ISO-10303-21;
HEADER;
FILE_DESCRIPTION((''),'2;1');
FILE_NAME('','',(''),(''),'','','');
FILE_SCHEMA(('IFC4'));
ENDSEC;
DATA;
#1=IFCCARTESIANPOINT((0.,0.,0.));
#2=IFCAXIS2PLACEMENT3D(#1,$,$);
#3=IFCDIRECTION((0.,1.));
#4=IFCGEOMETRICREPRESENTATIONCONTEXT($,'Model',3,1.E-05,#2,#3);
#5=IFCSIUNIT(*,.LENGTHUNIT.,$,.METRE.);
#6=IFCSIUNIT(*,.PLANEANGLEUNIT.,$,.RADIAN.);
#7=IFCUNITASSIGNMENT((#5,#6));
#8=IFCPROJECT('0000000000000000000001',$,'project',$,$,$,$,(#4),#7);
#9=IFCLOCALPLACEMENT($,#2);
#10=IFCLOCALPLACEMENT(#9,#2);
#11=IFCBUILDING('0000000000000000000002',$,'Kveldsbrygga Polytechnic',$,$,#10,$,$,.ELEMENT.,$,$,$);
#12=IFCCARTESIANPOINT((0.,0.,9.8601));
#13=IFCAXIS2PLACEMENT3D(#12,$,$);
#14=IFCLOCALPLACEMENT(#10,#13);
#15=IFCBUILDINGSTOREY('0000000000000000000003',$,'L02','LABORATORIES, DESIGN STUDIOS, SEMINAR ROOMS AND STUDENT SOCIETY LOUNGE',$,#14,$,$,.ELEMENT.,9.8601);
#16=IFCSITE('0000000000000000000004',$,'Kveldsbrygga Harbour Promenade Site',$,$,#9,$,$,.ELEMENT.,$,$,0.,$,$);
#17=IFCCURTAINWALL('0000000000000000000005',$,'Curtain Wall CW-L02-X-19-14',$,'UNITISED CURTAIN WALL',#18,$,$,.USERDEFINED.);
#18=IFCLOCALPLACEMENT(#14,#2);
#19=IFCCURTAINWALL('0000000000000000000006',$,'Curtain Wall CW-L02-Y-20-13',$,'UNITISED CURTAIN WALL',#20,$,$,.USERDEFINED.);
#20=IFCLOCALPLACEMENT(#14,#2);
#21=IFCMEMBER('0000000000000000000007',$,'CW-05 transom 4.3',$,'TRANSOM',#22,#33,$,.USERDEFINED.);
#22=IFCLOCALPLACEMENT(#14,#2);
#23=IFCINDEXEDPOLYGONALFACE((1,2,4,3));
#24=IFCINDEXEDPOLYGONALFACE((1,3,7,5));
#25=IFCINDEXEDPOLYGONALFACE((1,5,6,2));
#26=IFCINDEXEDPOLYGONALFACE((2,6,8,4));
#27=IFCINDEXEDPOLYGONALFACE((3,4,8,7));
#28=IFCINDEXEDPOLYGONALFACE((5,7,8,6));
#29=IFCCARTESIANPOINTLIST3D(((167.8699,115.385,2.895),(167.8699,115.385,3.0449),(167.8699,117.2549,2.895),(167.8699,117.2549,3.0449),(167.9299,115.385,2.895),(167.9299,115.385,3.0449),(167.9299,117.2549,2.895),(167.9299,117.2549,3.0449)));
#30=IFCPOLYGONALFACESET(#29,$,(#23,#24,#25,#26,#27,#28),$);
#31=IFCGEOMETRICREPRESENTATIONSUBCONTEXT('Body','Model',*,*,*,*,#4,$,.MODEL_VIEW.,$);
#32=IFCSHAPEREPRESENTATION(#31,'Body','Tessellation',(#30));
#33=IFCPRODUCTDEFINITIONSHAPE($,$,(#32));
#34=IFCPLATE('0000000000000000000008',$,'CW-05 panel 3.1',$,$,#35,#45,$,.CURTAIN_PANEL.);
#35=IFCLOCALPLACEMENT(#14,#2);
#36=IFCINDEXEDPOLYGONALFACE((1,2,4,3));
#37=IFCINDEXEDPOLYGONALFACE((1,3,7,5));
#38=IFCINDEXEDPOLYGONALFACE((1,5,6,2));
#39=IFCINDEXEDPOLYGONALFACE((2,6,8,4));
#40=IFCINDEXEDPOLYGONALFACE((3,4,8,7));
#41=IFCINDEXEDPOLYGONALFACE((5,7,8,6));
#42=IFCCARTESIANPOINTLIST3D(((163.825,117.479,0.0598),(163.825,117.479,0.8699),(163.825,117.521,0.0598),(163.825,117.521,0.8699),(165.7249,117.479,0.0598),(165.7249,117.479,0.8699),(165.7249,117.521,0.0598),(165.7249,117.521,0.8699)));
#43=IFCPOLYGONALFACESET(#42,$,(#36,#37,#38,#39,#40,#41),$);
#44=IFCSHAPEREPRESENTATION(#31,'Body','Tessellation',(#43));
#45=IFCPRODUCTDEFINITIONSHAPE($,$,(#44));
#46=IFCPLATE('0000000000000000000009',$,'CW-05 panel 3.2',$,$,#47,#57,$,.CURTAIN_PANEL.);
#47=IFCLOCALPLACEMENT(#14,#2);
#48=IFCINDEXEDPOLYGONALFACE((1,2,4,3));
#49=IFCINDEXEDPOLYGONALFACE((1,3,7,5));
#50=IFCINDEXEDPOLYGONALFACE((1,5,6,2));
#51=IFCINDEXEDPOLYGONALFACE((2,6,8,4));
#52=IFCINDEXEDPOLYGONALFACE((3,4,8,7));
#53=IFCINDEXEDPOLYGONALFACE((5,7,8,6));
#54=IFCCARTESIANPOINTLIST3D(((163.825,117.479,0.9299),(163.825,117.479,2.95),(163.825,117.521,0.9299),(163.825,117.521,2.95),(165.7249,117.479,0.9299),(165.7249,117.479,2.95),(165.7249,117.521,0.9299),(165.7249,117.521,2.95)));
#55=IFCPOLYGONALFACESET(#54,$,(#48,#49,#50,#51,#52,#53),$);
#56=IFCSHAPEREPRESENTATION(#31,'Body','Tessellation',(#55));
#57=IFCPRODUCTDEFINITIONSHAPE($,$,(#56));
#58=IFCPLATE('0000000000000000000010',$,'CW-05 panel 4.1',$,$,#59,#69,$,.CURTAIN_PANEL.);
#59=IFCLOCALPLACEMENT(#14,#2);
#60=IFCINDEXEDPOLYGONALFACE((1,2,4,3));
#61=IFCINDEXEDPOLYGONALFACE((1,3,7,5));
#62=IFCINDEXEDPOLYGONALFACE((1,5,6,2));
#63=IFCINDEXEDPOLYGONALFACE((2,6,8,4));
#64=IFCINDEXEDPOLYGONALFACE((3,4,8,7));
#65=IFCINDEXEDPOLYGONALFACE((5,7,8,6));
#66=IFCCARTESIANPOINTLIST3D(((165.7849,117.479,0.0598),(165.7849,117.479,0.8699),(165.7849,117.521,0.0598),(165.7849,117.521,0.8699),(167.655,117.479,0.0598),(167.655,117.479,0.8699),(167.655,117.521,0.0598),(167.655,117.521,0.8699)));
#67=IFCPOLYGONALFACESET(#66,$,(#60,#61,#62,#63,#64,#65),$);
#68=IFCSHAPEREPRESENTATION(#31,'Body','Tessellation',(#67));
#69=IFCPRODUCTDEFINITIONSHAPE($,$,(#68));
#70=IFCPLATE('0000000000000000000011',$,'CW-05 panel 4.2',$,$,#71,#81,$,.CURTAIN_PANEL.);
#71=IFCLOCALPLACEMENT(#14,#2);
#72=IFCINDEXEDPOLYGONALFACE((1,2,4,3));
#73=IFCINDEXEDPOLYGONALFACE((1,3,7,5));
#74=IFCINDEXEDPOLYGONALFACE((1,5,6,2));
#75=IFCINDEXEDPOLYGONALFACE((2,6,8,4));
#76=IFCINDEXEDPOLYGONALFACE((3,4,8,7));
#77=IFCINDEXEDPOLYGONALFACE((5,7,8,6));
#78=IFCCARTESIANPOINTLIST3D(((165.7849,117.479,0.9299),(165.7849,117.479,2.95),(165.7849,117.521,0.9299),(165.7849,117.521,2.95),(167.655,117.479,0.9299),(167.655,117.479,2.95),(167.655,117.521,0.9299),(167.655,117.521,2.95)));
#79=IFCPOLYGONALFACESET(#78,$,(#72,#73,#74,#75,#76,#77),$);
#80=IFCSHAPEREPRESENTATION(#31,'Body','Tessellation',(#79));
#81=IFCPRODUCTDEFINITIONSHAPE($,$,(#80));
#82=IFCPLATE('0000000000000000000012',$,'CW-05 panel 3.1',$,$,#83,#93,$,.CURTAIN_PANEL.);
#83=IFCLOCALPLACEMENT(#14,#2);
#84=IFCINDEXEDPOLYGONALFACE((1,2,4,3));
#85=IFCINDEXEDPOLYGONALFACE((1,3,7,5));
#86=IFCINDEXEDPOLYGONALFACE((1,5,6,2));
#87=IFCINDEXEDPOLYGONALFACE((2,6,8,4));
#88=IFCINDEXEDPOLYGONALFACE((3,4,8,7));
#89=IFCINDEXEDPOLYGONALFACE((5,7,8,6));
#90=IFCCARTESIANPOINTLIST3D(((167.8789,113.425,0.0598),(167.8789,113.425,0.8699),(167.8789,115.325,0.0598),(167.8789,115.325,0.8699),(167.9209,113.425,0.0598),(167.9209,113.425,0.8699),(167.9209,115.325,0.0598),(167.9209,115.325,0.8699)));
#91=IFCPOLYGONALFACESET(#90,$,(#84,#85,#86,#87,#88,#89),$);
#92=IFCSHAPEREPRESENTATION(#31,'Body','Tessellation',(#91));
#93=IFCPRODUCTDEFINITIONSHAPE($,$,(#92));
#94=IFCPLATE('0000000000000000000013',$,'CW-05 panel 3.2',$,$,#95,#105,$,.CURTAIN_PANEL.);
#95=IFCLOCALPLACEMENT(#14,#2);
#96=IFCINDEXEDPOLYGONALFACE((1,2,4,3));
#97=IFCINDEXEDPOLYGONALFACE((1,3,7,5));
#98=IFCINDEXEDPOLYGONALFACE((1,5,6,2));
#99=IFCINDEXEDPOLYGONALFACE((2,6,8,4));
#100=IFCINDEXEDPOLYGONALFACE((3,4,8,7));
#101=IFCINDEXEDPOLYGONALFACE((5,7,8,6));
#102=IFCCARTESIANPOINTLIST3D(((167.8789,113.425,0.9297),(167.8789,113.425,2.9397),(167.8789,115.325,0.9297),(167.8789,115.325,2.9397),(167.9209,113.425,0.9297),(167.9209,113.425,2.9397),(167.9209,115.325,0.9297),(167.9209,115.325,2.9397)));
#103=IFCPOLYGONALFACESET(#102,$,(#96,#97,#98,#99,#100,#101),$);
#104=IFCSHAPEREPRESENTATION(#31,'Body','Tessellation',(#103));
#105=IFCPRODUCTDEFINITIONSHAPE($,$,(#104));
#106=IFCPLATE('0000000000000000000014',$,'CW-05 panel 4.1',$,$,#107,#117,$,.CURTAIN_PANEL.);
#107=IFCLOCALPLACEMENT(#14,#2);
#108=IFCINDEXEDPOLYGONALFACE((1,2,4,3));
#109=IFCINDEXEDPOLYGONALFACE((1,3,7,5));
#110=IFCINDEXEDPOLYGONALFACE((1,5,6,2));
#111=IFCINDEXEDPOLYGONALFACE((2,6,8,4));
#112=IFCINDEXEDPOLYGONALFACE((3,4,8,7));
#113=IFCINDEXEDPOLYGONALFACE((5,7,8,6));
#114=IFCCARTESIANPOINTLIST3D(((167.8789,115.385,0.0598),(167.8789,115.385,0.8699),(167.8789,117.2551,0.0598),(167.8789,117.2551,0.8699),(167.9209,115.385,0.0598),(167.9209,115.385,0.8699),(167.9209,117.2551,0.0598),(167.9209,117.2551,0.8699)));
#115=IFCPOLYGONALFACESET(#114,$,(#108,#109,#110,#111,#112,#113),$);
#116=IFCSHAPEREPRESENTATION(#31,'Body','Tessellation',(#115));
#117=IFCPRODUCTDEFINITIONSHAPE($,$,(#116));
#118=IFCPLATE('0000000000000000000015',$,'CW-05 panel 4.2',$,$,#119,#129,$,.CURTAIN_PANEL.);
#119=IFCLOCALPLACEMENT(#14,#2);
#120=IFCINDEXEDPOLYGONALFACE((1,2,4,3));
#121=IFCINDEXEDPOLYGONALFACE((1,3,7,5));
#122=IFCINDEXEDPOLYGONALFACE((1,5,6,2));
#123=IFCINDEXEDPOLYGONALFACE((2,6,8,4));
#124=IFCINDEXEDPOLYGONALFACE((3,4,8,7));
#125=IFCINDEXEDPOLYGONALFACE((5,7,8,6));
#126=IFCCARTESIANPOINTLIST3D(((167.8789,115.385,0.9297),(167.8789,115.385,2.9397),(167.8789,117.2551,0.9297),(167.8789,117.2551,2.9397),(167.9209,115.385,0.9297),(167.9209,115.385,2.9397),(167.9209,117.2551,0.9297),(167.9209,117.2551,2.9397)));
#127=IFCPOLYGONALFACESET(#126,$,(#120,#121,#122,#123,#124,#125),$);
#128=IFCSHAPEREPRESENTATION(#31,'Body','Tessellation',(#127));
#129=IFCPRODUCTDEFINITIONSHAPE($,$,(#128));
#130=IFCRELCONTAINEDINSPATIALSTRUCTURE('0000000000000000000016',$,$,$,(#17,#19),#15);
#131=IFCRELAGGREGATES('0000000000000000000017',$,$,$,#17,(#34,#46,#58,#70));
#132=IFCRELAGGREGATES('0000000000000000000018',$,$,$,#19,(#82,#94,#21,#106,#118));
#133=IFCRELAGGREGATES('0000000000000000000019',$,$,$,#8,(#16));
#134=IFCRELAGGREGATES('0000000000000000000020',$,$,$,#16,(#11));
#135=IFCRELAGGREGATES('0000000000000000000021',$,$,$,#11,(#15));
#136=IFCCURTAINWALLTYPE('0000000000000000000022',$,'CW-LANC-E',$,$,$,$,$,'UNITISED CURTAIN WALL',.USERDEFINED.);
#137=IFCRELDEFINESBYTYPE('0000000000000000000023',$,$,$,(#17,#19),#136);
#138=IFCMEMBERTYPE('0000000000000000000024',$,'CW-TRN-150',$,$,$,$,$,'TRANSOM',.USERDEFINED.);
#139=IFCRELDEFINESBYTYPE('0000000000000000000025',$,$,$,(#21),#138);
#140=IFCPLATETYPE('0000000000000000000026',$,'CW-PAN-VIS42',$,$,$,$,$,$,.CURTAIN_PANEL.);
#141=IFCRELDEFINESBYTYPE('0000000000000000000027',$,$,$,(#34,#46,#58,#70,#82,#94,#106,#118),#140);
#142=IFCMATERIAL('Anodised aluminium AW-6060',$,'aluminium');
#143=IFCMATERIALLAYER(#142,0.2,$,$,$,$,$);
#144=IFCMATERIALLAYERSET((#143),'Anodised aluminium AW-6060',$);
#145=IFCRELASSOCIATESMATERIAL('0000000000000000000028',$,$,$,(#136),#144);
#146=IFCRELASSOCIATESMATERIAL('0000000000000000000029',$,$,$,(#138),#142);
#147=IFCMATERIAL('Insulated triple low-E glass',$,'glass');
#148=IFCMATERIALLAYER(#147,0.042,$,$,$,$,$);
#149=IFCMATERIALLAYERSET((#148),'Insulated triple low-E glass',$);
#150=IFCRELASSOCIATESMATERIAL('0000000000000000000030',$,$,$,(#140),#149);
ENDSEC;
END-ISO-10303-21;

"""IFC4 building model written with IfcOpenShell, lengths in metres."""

from ifc_helpers import new_model, si_unit, direction, frame, origin, origin_2d, place, context, subcontext, project, spatial, rectangle, extrude, material, layer, layer_set, material_profile, profile_set, type_object, element, aggregate, save


model = new_model("IFC4")

# Units and contexts
model_context = context("Model", 3, precision=1e-05, world=origin(), true_north=direction((0.0, 1.0)))
body_context = subcontext(model_context, "Body", "Model", "MODEL_VIEW")
ifc_project = project(units=[si_unit("LENGTHUNIT", "METRE"), si_unit("PLANEANGLEUNIT", "RADIAN")], contexts=[model_context])

# Site, building, storey
site_placement = place(None, origin())
site = spatial("IfcSite", under=ifc_project, at=site_placement, Name="Kveldsbrygga Harbour Promenade Site", CompositionType="ELEMENT", RefElevation=0.0)
building_placement = place(site_placement, origin())
building = spatial("IfcBuilding", under=site, at=building_placement, Name="Kveldsbrygga Polytechnic", CompositionType="ELEMENT")
storey_placement = place(building_placement, frame((0.0, 0.0, 9.8601)))
storey = spatial("IfcBuildingStorey", under=building, at=storey_placement, Name="L02", Description="LABORATORIES, DESIGN STUDIOS, SEMINAR ROOMS AND STUDENT SOCIETY LOUNGE", CompositionType="ELEMENT", Elevation=9.8601)

# Curtain walls
ifc_material_1 = material(Name="Anodised aluminium AW-6060", Category="aluminium")
ifc_layer_1 = layer(ifc_material_1, 0.2)
ifc_layer_set_1 = layer_set([ifc_layer_1], Name="Anodised aluminium AW-6060")
curtain_wall_type = type_object("IfcCurtainWallType", Name="CW-LANC-E", ElementType="UNITISED CURTAIN WALL", PredefinedType="USERDEFINED", material=ifc_layer_set_1)
curtain_wall_1_placement = place(storey_placement, origin())
curtain_wall_1 = element("IfcCurtainWall", 1, at=curtain_wall_1_placement, inside=storey, type_object=curtain_wall_type, Name="Curtain Wall CW-L02-X-19-14", ObjectType="UNITISED CURTAIN WALL", PredefinedType="USERDEFINED")
curtain_wall_2_placement = place(storey_placement, origin())
curtain_wall_2 = element("IfcCurtainWall", 2, at=curtain_wall_2_placement, inside=storey, type_object=curtain_wall_type, Name="Curtain Wall CW-L02-Y-20-13", ObjectType="UNITISED CURTAIN WALL", PredefinedType="USERDEFINED")

# Member
ifc_material_profile_1 = material_profile(ifc_material_1, rectangle(XDim=0.0601, YDim=0.1499, at=origin_2d()), Name="ALU 60x150")
ifc_profile_set_1 = profile_set([ifc_material_profile_1], Name="Anodised aluminium AW-6060")
member_type_1 = type_object("IfcMemberType", Name="CW-TRN-150", ElementType="TRANSOM", PredefinedType="USERDEFINED", material=ifc_profile_set_1)
member_1_placement = place(storey_placement, frame((167.8999, 115.385, 2.97), z_axis=(0.0, 1.0, 0.0), x_axis=(-1.0, 0.0, 0.0)))
member_1 = element("IfcMember", 3, at=member_1_placement, type_object=member_type_1, Name="CW-05 transom 4.3", ObjectType="TRANSOM", PredefinedType="USERDEFINED", context=body_context, shape_type="SweptSolid", body=[
    extrude(rectangle(XDim=0.0601, YDim=0.1499, at=origin_2d()), origin(), (0.0, 0.0, 1.0), 1.8699),
])

# Plates
ifc_material_2 = material(Name="Insulated triple low-E glass", Category="glass")
ifc_layer_2 = layer(ifc_material_2, 0.042)
ifc_layer_set_2 = layer_set([ifc_layer_2], Name="Insulated triple low-E glass")
plate_type = type_object("IfcPlateType", Name="CW-PAN-VIS42", PredefinedType="CURTAIN_PANEL", material=ifc_layer_set_2)
plate_1_placement = place(storey_placement, frame((164.7749, 117.5, 0.0598), z_axis=(0.0, 0.0, 1.0), x_axis=(1.0, 0.0, 0.0)))
plate_1 = element("IfcPlate", 4, at=plate_1_placement, type_object=plate_type, Name="CW-05 panel 3.1", PredefinedType="CURTAIN_PANEL", context=body_context, shape_type="SweptSolid", body=[
    extrude(rectangle(XDim=1.8999, YDim=0.042, at=origin_2d()), origin(), (0.0, 0.0, 1.0), 0.8101),
])
plate_2_placement = place(storey_placement, frame((164.7749, 117.5, 0.9299), z_axis=(0.0, 0.0, 1.0), x_axis=(1.0, 0.0, 0.0)))
plate_2 = element("IfcPlate", 5, at=plate_2_placement, type_object=plate_type, Name="CW-05 panel 3.2", PredefinedType="CURTAIN_PANEL", context=body_context, shape_type="SweptSolid", body=[
    extrude(rectangle(XDim=1.8999, YDim=0.042, at=origin_2d()), origin(), (0.0, 0.0, 1.0), 2.02),
])
plate_3_placement = place(storey_placement, frame((166.72, 117.5, 0.0598), z_axis=(0.0, 0.0, 1.0), x_axis=(1.0, 0.0, 0.0)))
plate_3 = element("IfcPlate", 6, at=plate_3_placement, type_object=plate_type, Name="CW-05 panel 4.1", PredefinedType="CURTAIN_PANEL", context=body_context, shape_type="SweptSolid", body=[
    extrude(rectangle(XDim=1.8701, YDim=0.042, at=origin_2d()), origin(), (0.0, 0.0, 1.0), 0.8101),
])
plate_4_placement = place(storey_placement, frame((166.72, 117.5, 0.9299), z_axis=(0.0, 0.0, 1.0), x_axis=(1.0, 0.0, 0.0)))
plate_4 = element("IfcPlate", 7, at=plate_4_placement, type_object=plate_type, Name="CW-05 panel 4.2", PredefinedType="CURTAIN_PANEL", context=body_context, shape_type="SweptSolid", body=[
    extrude(rectangle(XDim=1.8701, YDim=0.042, at=origin_2d()), origin(), (0.0, 0.0, 1.0), 2.02),
])
aggregate(curtain_wall_1, [plate_1, plate_2, plate_3, plate_4])
plate_5_placement = place(storey_placement, frame((167.8999, 114.375, 0.0598), z_axis=(0.0, 0.0, 1.0), x_axis=(0.0, 1.0, 0.0)))
plate_5 = element("IfcPlate", 8, at=plate_5_placement, type_object=plate_type, Name="CW-05 panel 3.1", PredefinedType="CURTAIN_PANEL", context=body_context, shape_type="SweptSolid", body=[
    extrude(rectangle(XDim=1.8999, YDim=0.042, at=origin_2d()), origin(), (0.0, 0.0, 1.0), 0.8101),
])
plate_6_placement = place(storey_placement, frame((167.8999, 114.375, 0.9297), z_axis=(0.0, 0.0, 1.0), x_axis=(0.0, 1.0, 0.0)))
plate_6 = element("IfcPlate", 9, at=plate_6_placement, type_object=plate_type, Name="CW-05 panel 3.2", PredefinedType="CURTAIN_PANEL", context=body_context, shape_type="SweptSolid", body=[
    extrude(rectangle(XDim=1.8999, YDim=0.042, at=origin_2d()), origin(), (0.0, 0.0, 1.0), 2.01),
])
plate_7_placement = place(storey_placement, frame((167.8999, 116.3201, 0.0598), z_axis=(0.0, 0.0, 1.0), x_axis=(0.0, 1.0, 0.0)))
plate_7 = element("IfcPlate", 10, at=plate_7_placement, type_object=plate_type, Name="CW-05 panel 4.1", PredefinedType="CURTAIN_PANEL", context=body_context, shape_type="SweptSolid", body=[
    extrude(rectangle(XDim=1.8701, YDim=0.042, at=origin_2d()), origin(), (0.0, 0.0, 1.0), 0.8101),
])
plate_8_placement = place(storey_placement, frame((167.8999, 116.3201, 0.9297), z_axis=(0.0, 0.0, 1.0), x_axis=(0.0, 1.0, 0.0)))
plate_8 = element("IfcPlate", 11, at=plate_8_placement, type_object=plate_type, Name="CW-05 panel 4.2", PredefinedType="CURTAIN_PANEL", context=body_context, shape_type="SweptSolid", body=[
    extrude(rectangle(XDim=1.8701, YDim=0.042, at=origin_2d()), origin(), (0.0, 0.0, 1.0), 2.01),
])
aggregate(curtain_wall_2, [plate_5, plate_6, member_1, plate_7, plate_8])

save(model, "model.ifc")
